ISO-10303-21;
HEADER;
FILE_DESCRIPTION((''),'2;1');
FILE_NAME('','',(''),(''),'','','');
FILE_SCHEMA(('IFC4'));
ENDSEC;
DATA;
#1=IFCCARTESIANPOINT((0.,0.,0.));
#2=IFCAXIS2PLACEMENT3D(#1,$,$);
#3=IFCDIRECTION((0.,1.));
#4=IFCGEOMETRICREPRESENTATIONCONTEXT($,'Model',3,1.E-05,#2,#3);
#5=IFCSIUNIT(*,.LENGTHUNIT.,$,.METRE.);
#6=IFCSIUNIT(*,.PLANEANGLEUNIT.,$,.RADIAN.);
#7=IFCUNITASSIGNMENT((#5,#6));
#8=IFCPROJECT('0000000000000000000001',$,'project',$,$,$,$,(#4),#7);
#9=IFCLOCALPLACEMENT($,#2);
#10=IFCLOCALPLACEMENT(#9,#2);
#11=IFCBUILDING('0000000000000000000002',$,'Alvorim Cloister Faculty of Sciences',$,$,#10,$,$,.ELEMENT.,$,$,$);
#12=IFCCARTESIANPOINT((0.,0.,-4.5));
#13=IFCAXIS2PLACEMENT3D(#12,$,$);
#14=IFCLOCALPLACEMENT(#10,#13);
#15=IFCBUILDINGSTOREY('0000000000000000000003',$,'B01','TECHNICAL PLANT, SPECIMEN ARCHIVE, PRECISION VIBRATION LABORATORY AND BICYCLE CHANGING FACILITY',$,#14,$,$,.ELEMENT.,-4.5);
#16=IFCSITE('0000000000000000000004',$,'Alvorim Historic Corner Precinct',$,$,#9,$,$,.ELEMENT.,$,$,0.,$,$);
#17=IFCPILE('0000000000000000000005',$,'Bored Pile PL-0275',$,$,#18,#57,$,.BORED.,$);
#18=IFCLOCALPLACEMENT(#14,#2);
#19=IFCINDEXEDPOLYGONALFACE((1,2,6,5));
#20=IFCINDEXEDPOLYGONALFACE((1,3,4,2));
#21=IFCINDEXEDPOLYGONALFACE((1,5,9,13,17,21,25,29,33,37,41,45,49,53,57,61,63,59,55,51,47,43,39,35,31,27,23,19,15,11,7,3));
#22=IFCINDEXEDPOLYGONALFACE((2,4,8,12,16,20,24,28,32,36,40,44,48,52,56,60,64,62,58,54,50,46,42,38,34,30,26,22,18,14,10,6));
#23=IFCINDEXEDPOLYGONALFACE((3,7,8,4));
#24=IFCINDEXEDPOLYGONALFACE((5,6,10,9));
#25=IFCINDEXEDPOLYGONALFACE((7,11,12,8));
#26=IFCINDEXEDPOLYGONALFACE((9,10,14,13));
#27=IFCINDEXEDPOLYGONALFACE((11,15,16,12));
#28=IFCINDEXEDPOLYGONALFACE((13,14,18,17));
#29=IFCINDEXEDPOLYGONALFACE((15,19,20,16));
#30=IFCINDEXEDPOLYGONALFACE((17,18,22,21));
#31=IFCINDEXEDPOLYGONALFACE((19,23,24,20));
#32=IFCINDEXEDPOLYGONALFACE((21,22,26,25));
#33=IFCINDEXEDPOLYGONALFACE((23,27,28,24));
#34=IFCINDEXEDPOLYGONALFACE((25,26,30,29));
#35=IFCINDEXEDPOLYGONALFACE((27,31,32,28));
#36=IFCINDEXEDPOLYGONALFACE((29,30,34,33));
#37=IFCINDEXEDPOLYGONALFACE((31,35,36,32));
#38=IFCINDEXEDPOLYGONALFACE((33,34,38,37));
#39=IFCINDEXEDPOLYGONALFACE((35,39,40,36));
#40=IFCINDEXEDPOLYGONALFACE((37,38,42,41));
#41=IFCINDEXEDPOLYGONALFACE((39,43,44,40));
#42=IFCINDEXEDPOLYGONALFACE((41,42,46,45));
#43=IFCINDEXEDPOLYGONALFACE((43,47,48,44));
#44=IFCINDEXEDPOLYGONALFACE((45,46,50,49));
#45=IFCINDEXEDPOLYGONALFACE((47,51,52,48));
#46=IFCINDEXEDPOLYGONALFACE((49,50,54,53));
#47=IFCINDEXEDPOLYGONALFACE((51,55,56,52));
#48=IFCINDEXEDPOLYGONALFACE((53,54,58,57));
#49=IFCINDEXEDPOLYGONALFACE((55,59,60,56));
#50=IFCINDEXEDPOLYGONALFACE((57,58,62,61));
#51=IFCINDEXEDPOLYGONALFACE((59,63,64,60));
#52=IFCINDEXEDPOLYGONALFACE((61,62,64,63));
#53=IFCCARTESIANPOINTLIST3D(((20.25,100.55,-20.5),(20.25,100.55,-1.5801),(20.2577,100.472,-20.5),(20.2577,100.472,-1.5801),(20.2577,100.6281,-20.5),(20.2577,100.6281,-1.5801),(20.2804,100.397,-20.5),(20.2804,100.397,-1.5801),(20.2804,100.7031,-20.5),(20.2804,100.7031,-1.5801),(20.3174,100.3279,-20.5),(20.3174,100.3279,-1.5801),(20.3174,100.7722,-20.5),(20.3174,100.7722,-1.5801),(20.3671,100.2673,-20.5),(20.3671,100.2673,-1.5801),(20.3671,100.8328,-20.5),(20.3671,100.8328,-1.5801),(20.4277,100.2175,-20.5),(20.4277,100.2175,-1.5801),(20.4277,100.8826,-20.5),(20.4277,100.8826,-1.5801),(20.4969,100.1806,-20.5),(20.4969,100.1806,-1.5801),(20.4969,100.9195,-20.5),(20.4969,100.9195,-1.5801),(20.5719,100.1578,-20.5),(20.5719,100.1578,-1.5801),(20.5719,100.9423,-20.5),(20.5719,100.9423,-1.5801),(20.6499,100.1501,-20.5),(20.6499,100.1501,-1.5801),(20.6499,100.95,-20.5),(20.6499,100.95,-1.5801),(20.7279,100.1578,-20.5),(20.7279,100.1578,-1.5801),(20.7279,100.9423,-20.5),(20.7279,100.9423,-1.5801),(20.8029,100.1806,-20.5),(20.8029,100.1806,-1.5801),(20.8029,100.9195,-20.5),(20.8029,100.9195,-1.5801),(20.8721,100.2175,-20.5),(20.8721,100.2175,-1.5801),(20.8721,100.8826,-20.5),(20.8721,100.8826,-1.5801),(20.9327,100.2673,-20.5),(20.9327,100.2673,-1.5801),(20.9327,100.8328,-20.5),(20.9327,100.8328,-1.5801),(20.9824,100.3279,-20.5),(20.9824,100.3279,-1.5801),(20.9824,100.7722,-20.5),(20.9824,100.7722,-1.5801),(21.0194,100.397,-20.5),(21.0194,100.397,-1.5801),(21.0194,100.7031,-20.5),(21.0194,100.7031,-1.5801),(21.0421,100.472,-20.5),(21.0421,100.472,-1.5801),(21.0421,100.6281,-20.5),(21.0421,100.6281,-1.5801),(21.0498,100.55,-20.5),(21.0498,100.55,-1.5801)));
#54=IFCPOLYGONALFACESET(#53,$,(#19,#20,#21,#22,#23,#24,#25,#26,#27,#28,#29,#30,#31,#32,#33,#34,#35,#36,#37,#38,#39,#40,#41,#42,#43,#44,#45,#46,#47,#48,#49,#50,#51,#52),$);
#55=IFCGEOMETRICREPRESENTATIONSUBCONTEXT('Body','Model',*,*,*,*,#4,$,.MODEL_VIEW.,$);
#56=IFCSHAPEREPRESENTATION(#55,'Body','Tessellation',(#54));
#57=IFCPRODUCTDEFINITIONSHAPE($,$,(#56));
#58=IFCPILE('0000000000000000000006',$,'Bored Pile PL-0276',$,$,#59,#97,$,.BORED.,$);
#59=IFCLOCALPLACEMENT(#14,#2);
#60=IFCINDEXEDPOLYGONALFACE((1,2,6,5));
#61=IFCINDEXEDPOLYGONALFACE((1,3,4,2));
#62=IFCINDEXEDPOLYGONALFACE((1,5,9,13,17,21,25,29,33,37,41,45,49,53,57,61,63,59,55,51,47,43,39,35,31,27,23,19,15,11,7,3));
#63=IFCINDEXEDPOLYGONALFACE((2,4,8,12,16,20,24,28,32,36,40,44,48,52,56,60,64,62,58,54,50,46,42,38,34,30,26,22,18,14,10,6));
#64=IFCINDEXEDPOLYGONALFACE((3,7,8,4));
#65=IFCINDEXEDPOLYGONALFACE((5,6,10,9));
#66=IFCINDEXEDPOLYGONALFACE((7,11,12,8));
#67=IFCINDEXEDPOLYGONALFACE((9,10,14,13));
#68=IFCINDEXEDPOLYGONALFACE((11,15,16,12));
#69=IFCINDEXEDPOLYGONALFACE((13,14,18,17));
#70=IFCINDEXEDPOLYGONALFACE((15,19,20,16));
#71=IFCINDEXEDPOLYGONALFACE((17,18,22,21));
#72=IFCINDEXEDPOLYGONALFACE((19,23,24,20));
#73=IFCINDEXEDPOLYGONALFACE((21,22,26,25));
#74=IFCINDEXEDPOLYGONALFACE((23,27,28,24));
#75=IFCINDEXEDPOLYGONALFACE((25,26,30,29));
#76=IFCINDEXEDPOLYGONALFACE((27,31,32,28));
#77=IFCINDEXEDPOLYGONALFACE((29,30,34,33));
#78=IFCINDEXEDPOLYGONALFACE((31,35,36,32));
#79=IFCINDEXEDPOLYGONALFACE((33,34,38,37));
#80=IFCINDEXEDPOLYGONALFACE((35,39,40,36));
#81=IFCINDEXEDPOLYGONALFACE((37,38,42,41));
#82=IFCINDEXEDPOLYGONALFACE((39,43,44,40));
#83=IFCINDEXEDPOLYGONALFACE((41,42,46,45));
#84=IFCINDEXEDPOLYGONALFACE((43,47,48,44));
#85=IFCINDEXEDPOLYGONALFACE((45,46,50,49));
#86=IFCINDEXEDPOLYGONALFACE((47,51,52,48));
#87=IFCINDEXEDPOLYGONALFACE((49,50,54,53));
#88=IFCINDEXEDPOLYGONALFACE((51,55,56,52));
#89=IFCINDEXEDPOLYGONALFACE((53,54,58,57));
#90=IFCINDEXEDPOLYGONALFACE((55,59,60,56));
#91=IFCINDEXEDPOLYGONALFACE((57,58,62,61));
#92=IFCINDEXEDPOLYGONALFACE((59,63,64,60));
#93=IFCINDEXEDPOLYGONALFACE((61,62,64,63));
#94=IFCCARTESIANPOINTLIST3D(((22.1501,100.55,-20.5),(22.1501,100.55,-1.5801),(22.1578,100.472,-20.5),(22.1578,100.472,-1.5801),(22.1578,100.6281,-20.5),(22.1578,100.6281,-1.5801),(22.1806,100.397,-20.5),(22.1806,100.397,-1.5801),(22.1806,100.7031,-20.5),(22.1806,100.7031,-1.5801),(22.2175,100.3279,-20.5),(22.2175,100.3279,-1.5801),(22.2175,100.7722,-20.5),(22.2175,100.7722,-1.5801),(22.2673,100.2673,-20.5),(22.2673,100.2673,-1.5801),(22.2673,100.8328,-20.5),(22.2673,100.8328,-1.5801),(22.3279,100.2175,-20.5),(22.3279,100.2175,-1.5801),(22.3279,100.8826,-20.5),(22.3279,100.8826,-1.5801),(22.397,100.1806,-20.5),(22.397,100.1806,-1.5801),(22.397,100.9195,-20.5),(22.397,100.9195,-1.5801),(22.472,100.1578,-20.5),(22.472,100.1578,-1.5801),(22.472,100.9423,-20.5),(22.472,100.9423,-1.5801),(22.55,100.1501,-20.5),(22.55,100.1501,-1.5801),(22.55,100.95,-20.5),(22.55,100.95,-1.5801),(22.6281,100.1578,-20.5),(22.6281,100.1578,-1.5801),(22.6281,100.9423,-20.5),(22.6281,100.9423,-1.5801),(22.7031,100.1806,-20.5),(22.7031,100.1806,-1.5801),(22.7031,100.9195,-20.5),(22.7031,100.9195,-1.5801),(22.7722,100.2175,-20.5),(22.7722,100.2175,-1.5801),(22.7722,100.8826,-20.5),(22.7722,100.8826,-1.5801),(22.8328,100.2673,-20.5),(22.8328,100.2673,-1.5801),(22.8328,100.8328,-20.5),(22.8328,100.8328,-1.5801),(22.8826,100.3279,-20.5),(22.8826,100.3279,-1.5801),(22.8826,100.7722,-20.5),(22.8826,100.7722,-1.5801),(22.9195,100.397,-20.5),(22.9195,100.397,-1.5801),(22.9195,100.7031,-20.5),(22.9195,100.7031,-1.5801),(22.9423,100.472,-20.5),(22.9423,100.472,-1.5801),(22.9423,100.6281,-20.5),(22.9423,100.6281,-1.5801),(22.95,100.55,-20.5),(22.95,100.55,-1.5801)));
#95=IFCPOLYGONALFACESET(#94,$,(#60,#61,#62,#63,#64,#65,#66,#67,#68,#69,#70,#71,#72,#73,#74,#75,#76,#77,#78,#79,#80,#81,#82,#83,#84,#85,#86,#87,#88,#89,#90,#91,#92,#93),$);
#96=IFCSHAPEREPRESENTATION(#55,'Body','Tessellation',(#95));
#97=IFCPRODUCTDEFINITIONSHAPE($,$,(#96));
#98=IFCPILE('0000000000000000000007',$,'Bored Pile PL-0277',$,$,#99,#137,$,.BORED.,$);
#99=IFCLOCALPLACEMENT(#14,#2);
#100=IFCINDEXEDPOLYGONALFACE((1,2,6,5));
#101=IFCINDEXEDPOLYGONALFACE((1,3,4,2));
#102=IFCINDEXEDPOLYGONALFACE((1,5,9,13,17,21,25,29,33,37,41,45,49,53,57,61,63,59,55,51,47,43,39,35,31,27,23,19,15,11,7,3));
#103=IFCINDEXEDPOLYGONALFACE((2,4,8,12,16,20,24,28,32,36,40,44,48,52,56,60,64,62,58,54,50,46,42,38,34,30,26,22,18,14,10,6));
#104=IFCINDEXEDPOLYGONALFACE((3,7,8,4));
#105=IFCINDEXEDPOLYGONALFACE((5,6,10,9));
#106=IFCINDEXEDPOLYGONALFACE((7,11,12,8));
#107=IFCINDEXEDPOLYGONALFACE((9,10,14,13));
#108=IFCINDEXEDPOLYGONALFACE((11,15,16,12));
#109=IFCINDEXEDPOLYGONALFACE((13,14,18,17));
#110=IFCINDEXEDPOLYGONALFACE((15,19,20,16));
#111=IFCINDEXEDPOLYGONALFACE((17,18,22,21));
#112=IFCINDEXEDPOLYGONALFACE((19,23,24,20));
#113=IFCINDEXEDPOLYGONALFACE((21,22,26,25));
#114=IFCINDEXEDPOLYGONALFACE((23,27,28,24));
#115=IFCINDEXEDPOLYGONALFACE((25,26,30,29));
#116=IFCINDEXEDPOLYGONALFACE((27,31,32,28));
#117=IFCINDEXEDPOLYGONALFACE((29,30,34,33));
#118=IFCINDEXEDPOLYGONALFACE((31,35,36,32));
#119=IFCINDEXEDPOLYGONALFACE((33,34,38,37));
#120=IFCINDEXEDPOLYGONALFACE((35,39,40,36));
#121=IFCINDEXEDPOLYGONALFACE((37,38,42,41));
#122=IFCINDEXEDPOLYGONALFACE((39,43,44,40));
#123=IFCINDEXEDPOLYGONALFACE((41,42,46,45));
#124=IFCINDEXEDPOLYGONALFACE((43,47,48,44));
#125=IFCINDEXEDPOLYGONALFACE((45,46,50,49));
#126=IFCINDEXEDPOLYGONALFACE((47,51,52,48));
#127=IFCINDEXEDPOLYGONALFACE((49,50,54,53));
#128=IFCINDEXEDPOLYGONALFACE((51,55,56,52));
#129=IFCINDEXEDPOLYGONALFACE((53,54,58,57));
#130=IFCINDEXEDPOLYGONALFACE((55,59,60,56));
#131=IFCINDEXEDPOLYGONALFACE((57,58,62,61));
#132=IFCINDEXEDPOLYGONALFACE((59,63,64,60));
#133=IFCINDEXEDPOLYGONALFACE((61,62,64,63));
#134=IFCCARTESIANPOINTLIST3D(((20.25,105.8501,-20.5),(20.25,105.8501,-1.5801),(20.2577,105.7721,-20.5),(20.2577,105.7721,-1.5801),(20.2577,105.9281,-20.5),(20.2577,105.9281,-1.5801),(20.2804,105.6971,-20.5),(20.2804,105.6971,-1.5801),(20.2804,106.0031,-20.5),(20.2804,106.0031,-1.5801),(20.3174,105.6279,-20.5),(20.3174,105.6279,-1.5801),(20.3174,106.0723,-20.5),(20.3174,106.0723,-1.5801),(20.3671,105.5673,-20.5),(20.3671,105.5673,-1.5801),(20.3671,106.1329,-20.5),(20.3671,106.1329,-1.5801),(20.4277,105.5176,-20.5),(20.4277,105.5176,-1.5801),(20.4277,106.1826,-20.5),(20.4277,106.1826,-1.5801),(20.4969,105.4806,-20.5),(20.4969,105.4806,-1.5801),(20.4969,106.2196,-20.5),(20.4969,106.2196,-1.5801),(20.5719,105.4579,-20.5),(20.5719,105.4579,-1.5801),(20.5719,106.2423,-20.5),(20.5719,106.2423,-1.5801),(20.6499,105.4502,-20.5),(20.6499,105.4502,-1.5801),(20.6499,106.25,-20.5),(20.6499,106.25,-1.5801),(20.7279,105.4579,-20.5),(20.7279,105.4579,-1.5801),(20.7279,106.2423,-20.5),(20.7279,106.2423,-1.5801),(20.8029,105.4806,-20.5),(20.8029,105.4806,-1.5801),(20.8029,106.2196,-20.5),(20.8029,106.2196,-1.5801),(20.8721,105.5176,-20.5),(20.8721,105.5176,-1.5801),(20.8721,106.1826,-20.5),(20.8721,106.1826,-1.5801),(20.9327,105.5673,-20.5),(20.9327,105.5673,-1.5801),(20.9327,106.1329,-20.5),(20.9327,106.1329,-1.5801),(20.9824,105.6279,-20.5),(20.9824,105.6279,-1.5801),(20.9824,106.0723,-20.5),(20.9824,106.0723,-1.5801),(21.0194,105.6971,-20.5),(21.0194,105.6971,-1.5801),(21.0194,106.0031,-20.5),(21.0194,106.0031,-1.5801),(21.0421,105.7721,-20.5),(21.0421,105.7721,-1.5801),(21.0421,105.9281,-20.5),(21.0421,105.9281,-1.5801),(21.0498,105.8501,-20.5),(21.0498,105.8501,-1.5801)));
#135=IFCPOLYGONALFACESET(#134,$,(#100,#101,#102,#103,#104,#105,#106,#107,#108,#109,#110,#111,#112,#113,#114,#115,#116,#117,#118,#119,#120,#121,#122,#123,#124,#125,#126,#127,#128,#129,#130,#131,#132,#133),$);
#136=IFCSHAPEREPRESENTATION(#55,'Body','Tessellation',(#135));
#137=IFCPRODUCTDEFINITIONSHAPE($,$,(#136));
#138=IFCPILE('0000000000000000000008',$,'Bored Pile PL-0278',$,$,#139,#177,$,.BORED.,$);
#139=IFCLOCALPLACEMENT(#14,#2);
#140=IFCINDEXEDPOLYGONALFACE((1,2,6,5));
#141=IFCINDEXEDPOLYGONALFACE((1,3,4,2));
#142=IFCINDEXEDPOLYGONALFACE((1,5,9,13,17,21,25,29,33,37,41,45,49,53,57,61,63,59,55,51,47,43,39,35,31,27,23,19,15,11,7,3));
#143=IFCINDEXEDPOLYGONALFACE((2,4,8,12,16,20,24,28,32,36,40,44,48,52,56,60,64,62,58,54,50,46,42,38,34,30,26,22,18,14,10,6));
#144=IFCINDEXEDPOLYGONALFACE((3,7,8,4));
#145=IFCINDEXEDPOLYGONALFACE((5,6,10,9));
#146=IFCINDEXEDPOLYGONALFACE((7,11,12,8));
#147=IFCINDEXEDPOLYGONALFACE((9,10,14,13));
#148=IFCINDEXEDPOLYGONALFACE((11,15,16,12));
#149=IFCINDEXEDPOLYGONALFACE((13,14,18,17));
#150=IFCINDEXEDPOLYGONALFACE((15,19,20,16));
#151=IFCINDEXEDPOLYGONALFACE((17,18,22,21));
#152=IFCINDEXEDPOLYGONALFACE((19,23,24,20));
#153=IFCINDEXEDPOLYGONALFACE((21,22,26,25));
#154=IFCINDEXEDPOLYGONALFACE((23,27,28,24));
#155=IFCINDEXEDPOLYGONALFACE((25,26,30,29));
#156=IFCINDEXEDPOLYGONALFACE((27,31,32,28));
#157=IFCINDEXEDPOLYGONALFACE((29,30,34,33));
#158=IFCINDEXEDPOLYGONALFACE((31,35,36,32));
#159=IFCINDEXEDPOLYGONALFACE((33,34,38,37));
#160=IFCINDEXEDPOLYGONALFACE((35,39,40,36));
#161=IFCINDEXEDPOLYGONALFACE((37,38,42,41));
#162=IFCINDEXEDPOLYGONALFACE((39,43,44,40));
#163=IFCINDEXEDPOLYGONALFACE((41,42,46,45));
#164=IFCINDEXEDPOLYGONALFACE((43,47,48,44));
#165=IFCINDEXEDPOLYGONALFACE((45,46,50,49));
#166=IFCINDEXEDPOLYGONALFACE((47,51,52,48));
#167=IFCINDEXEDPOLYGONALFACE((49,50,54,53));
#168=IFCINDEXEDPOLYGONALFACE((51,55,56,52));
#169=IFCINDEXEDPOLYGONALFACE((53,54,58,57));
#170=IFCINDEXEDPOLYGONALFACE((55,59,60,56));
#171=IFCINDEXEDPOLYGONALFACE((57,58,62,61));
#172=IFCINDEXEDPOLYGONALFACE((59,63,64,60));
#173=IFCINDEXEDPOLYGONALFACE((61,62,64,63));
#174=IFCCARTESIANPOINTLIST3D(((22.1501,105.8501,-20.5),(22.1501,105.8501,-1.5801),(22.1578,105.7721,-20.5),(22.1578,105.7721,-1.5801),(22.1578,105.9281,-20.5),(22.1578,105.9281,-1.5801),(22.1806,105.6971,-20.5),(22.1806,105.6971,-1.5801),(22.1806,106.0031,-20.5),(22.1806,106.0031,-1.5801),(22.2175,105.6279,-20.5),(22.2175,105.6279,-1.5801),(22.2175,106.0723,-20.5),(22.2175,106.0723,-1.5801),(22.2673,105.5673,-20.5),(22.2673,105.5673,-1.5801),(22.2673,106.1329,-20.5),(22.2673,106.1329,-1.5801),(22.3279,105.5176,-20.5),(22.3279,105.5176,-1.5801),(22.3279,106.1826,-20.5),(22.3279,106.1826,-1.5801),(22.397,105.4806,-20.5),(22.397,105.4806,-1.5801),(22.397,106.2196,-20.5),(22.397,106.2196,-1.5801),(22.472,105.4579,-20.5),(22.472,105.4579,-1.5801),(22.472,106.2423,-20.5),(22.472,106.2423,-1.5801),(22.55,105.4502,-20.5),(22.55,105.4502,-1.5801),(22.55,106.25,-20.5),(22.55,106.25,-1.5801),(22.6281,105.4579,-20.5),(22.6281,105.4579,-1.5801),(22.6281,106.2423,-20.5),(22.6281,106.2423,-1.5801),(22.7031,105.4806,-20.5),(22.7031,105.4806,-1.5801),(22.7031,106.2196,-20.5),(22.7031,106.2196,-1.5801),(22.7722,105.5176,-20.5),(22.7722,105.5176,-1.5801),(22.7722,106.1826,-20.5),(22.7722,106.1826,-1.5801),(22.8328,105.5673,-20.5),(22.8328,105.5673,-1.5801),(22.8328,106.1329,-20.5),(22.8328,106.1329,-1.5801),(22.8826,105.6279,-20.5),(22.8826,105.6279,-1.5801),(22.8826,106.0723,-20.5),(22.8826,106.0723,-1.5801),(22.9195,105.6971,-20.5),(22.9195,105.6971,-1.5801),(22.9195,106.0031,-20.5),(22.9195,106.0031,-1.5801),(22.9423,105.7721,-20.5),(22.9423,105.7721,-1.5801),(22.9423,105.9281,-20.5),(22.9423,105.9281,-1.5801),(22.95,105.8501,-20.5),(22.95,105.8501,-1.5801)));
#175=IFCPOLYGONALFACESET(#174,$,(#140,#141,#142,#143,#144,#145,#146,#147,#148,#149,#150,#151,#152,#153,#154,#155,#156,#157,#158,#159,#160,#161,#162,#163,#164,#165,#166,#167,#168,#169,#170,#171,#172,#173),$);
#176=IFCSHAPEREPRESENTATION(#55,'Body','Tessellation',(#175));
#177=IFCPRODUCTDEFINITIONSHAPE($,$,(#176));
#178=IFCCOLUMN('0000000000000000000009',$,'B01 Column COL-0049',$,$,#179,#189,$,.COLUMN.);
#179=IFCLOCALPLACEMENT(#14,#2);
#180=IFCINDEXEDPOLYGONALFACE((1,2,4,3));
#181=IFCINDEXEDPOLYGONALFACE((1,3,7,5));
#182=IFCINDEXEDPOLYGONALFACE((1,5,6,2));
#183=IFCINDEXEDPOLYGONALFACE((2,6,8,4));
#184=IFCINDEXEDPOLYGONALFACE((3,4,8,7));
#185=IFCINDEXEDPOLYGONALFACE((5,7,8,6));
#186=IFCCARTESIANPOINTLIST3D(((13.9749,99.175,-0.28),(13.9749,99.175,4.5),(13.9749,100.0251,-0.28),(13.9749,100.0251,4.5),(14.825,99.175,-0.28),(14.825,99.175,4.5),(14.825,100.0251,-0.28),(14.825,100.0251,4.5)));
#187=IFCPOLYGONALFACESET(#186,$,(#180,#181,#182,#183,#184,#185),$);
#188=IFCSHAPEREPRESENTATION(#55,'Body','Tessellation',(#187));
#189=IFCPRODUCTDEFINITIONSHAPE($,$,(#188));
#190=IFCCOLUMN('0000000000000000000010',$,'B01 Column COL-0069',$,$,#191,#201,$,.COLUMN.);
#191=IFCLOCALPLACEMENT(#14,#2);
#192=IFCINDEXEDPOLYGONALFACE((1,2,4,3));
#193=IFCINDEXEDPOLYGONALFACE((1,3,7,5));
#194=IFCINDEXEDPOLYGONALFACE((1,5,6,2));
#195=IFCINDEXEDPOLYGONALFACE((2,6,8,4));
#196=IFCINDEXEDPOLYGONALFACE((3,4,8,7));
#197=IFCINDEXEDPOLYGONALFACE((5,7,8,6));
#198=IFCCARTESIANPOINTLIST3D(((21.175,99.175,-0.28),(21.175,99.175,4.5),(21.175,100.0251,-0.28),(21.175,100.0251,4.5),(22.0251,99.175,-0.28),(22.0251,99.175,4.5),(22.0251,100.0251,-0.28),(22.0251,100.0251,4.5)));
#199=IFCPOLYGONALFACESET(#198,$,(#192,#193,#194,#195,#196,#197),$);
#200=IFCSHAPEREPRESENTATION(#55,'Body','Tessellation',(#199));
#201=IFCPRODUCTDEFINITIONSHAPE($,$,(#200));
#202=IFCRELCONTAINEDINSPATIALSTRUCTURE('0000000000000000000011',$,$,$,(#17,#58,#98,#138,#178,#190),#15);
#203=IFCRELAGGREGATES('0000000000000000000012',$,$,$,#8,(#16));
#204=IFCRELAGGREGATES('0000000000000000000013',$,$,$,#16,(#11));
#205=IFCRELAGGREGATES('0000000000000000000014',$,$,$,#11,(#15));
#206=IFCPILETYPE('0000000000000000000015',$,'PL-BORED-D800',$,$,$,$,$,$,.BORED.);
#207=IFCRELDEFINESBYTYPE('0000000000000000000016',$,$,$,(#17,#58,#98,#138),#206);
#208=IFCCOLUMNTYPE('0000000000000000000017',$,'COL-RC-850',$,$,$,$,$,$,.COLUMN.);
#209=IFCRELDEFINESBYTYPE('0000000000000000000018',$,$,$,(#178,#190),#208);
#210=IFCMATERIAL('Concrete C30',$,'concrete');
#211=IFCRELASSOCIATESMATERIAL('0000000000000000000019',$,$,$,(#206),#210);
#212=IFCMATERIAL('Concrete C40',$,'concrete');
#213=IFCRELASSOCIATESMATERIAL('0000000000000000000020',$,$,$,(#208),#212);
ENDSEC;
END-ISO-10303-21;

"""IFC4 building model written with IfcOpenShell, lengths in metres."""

from ifc_helpers import new_model, si_unit, direction, frame, origin, origin_2d, place, context, subcontext, project, spatial, rectangle, circle, extrude, material, material_profile, profile_set, type_object, element, save


model = new_model("IFC4")

# Units and contexts
model_context = context("Model", 3, precision=1e-05, world=origin(), true_north=direction((0.0, 1.0)))
body_context = subcontext(model_context, "Body", "Model", "MODEL_VIEW")
ifc_project = project(units=[si_unit("LENGTHUNIT", "METRE"), si_unit("PLANEANGLEUNIT", "RADIAN")], contexts=[model_context])

# Site, building, storey
site_placement = place(None, origin())
site = spatial("IfcSite", under=ifc_project, at=site_placement, Name="Alvorim Historic Corner Precinct", CompositionType="ELEMENT", RefElevation=0.0)
building_placement = place(site_placement, origin())
building = spatial("IfcBuilding", under=site, at=building_placement, Name="Alvorim Cloister Faculty of Sciences", CompositionType="ELEMENT")
storey_placement = place(building_placement, frame((0.0, 0.0, -4.5)))
storey = spatial("IfcBuildingStorey", under=building, at=storey_placement, Name="B01", Description="TECHNICAL PLANT, SPECIMEN ARCHIVE, PRECISION VIBRATION LABORATORY AND BICYCLE CHANGING FACILITY", CompositionType="ELEMENT", Elevation=-4.5)

# Shared definitions
ifc_material_1 = material(Name="Concrete C40", Category="concrete")

# Piles
ifc_material_2 = material(Name="Concrete C30", Category="concrete")
ifc_material_profile_1 = material_profile(ifc_material_2, circle(Radius=0.3999, at=origin_2d()), Name="PILE-D800")
ifc_profile_set_1 = profile_set([ifc_material_profile_1], Name="Concrete C30")
pile_type = type_object("IfcPileType", Name="PL-BORED-D800", PredefinedType="BORED", material=ifc_profile_set_1)
for number, where, z_axis, x_axis, name in (
    (1, (20.6499, 100.55, -1.5801), (0.0, 0.0, -1.0), (1.0, 0.0, 0.0), "Bored Pile PL-0275"),
    (2, (22.55, 100.55, -1.5801), (0.0, 0.0, -1.0), (1.0, 0.0, 0.0), "Bored Pile PL-0276"),
    (3, (20.6499, 105.8501, -1.5801), (0.0, 0.0, -1.0), (1.0, 0.0, 0.0), "Bored Pile PL-0277"),
    (4, (22.55, 105.8501, -1.5801), (0.0, 0.0, -1.0), (1.0, 0.0, 0.0), "Bored Pile PL-0278"),
):
    element("IfcPile", number, at=place(storey_placement, frame(where, z_axis=z_axis, x_axis=x_axis)), inside=storey, type_object=pile_type, Name=name, PredefinedType="BORED", context=body_context, shape_type="SweptSolid", body=[
        extrude(circle(Radius=0.3999, at=origin_2d()), origin(), (0.0, 0.0, 1.0), 18.9199),
    ])

# Columns
ifc_material_profile_2 = material_profile(ifc_material_1, rectangle(XDim=0.8501, YDim=0.8501, at=origin_2d()), Name="RC40-COL-850x850")
ifc_profile_set_2 = profile_set([ifc_material_profile_2], Name="Concrete C40")
column_type = type_object("IfcColumnType", Name="COL-RC-850", PredefinedType="COLUMN", material=ifc_profile_set_2)
for number, where, z_axis, x_axis, name in (
    (5, (14.3999, 99.6001, -0.28), (0.0, 0.0, 1.0), (1.0, 0.0, 0.0), "B01 Column COL-0049"),
    (6, (21.6001, 99.6001, -0.28), (0.0, 0.0, 1.0), (1.0, 0.0, 0.0), "B01 Column COL-0069"),
):
    element("IfcColumn", number, at=place(storey_placement, frame(where, z_axis=z_axis, x_axis=x_axis)), inside=storey, type_object=column_type, Name=name, PredefinedType="COLUMN", context=body_context, shape_type="SweptSolid", body=[
        extrude(rectangle(XDim=0.8501, YDim=0.8501, at=origin_2d()), origin(), (0.0, 0.0, 1.0), 4.78),
    ])

save(model, "model.ifc")
